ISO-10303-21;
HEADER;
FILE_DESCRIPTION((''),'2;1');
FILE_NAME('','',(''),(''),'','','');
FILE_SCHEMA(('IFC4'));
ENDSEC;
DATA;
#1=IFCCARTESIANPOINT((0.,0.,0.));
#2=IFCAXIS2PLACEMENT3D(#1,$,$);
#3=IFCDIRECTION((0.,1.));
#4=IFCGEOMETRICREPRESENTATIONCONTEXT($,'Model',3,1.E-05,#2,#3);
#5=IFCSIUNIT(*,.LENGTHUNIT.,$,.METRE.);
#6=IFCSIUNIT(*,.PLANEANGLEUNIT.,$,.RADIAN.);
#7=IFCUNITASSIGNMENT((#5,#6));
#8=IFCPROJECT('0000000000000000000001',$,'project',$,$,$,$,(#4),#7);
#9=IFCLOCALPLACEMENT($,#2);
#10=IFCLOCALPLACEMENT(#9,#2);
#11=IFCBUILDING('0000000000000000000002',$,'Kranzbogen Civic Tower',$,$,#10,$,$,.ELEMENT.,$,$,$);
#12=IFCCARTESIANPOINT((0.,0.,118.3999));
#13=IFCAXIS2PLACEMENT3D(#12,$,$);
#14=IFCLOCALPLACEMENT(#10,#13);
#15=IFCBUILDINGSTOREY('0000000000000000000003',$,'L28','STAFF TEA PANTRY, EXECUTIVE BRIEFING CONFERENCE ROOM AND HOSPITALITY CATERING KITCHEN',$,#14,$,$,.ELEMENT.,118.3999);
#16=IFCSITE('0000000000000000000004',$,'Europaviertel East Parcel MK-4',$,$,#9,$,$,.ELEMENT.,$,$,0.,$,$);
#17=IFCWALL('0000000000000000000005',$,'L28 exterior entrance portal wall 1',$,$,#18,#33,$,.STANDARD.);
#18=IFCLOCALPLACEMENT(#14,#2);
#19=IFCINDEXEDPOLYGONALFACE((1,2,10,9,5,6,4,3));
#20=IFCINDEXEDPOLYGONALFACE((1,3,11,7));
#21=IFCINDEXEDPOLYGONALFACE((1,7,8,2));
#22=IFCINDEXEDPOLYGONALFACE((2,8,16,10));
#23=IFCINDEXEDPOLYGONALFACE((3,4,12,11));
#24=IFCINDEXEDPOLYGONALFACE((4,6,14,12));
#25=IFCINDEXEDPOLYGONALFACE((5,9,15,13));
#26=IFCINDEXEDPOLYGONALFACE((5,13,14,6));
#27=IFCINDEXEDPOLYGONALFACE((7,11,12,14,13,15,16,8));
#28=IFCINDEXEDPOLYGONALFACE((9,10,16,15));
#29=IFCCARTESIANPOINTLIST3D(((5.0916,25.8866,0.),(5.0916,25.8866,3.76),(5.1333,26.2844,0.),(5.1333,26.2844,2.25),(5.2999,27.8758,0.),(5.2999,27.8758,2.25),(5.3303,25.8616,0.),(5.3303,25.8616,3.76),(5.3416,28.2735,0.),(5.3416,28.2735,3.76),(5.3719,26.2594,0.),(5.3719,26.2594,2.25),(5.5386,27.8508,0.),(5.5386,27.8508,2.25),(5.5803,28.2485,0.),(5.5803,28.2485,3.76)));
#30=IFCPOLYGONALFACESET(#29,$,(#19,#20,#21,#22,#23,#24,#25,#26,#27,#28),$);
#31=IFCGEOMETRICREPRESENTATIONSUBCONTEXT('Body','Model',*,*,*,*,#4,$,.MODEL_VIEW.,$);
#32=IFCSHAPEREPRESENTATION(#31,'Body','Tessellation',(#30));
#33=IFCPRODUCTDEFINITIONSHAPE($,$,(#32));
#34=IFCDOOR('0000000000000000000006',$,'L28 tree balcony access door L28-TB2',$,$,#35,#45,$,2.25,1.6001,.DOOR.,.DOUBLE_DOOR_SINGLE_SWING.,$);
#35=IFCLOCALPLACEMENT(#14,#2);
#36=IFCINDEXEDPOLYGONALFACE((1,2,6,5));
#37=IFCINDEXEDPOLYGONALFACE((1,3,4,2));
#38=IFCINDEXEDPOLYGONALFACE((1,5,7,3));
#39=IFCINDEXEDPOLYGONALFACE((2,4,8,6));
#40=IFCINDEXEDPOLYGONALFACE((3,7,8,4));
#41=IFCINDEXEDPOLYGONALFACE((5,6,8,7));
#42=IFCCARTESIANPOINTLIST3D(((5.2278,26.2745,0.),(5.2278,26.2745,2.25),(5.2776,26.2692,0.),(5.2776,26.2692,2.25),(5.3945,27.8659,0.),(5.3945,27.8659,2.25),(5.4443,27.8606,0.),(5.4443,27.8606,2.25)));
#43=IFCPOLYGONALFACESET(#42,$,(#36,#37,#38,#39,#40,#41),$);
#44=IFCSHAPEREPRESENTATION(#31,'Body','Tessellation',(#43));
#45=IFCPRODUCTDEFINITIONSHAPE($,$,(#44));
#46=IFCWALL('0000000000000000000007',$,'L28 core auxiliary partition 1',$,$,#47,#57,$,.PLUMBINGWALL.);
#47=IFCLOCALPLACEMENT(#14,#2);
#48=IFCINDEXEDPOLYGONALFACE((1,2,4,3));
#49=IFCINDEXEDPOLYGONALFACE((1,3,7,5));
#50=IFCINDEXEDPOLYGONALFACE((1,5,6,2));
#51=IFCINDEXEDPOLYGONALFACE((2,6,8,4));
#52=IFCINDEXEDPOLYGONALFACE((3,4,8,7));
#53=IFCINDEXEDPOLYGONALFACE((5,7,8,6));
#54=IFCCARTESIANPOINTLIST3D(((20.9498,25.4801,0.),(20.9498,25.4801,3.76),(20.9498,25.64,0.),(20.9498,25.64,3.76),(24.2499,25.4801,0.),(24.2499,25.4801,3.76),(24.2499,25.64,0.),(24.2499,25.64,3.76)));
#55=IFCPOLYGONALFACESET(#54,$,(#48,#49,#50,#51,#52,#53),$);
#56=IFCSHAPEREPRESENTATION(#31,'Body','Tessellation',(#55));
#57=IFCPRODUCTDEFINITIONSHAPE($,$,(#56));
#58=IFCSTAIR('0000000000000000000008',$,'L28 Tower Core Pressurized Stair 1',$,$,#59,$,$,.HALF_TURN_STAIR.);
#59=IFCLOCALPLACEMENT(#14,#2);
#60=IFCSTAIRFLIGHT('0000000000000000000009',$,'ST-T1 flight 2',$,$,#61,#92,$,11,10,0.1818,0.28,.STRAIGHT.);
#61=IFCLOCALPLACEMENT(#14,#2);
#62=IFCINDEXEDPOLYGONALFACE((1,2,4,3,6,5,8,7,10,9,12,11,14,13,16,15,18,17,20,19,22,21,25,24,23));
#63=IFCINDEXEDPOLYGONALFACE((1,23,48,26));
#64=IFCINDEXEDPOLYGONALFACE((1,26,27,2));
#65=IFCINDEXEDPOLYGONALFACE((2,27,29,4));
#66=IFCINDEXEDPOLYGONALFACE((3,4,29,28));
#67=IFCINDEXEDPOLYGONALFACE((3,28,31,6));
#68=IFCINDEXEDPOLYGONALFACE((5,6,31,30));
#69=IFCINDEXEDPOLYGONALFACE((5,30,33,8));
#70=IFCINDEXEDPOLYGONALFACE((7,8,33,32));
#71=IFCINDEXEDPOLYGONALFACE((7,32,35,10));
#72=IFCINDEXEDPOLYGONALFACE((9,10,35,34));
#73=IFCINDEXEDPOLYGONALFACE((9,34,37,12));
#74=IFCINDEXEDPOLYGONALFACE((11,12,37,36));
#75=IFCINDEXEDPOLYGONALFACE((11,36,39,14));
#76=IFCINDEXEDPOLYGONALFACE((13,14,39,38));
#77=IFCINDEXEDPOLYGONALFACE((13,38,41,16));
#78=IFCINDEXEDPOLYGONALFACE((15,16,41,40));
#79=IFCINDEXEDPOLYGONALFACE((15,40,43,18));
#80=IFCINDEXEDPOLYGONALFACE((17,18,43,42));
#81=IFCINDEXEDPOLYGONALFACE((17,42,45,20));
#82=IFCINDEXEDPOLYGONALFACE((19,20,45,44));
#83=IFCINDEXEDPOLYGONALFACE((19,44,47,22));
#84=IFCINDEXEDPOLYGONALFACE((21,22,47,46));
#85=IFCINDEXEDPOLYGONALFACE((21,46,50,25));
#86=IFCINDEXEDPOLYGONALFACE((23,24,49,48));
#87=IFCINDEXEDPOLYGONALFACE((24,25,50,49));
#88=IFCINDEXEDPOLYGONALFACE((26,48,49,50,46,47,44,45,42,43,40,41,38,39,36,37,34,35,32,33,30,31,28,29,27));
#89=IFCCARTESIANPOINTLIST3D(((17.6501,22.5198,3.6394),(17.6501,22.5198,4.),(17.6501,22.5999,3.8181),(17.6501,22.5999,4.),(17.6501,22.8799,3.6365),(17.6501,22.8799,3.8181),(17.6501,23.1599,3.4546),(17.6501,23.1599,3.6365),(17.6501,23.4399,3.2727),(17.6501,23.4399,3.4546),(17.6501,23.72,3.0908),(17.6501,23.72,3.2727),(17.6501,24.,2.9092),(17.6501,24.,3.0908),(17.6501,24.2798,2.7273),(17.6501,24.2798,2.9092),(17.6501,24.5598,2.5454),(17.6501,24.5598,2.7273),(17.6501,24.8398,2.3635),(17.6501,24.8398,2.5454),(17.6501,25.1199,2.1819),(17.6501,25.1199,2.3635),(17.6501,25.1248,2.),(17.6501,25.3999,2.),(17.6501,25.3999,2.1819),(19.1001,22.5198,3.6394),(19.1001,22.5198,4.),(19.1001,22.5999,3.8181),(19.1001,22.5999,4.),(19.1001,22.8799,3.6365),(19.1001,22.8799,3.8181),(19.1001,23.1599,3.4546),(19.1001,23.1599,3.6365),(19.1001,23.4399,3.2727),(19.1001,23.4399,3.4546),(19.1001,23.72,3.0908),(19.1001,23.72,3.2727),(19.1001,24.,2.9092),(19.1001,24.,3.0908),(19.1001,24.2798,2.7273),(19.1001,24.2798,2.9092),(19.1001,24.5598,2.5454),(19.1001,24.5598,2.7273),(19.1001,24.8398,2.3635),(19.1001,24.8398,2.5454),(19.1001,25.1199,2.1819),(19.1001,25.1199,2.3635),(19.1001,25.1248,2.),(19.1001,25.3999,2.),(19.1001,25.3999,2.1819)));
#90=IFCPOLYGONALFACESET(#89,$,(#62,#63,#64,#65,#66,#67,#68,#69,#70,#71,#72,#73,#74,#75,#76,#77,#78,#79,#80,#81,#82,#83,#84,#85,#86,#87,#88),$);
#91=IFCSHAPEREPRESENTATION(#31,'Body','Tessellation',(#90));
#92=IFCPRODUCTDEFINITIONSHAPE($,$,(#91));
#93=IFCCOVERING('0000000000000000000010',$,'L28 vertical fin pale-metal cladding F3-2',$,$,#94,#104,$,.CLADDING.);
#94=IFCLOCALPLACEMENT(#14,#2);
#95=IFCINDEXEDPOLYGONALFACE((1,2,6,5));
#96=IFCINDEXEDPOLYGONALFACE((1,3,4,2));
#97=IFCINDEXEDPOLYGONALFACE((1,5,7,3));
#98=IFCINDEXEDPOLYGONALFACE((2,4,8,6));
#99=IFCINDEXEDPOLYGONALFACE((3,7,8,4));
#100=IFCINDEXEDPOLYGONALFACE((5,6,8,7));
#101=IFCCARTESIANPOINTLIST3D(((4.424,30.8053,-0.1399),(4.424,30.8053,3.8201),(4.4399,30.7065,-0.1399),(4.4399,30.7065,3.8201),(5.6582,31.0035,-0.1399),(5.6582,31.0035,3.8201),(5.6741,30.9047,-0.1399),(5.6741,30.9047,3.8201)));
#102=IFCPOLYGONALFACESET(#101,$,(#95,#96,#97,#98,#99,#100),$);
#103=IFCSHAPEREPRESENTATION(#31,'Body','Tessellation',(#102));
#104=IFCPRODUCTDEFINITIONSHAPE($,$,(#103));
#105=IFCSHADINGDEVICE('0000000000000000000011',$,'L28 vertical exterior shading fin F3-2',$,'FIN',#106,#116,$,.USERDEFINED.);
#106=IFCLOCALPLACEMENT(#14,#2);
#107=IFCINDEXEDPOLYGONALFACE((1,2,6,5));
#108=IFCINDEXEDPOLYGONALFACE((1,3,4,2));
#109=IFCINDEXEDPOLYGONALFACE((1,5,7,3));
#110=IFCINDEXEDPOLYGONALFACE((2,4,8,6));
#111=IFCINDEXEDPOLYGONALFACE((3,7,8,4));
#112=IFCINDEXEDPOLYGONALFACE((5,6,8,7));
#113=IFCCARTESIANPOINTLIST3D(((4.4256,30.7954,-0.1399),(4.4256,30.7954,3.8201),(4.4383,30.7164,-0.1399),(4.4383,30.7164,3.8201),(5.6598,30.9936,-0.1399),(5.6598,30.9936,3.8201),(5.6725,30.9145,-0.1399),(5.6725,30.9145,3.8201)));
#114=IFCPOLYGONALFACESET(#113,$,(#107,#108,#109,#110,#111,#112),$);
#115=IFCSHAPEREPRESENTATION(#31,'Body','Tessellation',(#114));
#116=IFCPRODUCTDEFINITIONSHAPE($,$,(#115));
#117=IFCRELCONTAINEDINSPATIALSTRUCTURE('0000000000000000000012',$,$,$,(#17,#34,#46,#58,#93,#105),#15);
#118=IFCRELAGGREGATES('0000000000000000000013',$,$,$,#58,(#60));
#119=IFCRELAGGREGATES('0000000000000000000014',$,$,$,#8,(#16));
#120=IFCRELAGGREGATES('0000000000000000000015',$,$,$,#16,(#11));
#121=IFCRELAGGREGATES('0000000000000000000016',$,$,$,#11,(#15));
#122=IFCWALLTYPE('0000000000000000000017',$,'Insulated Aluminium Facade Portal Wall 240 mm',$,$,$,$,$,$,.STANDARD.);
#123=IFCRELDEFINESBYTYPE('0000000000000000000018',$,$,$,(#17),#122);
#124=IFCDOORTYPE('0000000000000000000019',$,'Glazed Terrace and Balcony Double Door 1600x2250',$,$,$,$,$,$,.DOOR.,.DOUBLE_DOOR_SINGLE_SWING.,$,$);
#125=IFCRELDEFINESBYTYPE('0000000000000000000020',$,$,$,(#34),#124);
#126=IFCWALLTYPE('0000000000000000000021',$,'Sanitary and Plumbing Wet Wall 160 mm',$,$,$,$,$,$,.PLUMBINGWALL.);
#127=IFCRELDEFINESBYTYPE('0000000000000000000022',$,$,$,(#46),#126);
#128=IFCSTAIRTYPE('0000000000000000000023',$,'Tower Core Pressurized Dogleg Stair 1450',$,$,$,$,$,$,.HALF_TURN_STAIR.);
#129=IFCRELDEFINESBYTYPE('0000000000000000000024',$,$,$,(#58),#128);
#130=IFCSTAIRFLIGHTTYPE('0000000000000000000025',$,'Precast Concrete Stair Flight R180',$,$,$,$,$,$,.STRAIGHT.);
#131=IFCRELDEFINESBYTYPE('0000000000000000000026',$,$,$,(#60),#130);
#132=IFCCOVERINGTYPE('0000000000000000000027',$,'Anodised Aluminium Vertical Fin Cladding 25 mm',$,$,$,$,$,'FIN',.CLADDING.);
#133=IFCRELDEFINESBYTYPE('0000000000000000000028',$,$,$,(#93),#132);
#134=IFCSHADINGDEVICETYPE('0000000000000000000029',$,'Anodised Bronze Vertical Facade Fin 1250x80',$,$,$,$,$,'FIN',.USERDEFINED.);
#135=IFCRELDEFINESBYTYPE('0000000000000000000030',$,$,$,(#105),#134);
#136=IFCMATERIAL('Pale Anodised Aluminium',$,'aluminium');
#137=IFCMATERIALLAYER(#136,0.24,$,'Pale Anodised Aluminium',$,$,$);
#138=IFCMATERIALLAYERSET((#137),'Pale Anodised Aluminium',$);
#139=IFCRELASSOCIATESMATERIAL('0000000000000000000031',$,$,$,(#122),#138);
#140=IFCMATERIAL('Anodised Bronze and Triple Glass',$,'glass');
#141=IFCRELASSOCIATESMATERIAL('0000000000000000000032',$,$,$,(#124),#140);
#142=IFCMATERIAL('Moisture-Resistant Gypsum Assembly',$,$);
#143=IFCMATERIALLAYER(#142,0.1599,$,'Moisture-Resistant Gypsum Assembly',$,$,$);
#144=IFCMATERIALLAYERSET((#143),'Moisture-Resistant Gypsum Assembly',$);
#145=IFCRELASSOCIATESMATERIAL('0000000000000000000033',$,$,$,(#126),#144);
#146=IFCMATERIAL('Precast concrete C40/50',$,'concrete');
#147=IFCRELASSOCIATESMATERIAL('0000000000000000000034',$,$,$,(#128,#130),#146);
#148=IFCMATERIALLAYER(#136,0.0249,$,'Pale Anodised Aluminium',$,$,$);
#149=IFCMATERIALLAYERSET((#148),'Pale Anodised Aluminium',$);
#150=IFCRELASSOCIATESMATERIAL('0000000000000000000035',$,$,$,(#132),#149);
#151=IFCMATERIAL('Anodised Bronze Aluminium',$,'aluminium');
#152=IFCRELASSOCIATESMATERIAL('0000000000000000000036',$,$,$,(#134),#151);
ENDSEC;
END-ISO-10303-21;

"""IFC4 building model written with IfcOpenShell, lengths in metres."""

from ifc_helpers import new_model, si_unit, direction, frame, frame_2d, origin, origin_2d, place, context, subcontext, project, spatial, polyline, rectangle, outline, extrude, material, layer, layer_set, type_object, element, fill, aggregate, save


model = new_model("IFC4")

# Units and contexts
model_context = context("Model", 3, precision=1e-05, world=origin(), true_north=direction((0.0, 1.0)))
body_context = subcontext(model_context, "Body", "Model", "MODEL_VIEW")
ifc_project = project(units=[si_unit("LENGTHUNIT", "METRE"), si_unit("PLANEANGLEUNIT", "RADIAN")], contexts=[model_context])

# Site, building, storey
site_placement = place(None, origin())
site = spatial("IfcSite", under=ifc_project, at=site_placement, Name="Europaviertel East Parcel MK-4", CompositionType="ELEMENT", RefElevation=0.0)
building_placement = place(site_placement, origin())
building = spatial("IfcBuilding", under=site, at=building_placement, Name="Kranzbogen Civic Tower", CompositionType="ELEMENT")
storey_placement = place(building_placement, frame((0.0, 0.0, 118.3999)))
storey = spatial("IfcBuildingStorey", under=building, at=storey_placement, Name="L28", Description="STAFF TEA PANTRY, EXECUTIVE BRIEFING CONFERENCE ROOM AND HOSPITALITY CATERING KITCHEN", CompositionType="ELEMENT", Elevation=118.3999)

# Shared definitions
ifc_material_1 = material(Name="Pale Anodised Aluminium", Category="aluminium")

# Wall, opening, door
ifc_layer_1 = layer(ifc_material_1, 0.24, Name="Pale Anodised Aluminium")
ifc_layer_set_1 = layer_set([ifc_layer_1], Name="Pale Anodised Aluminium")
wall_type_1 = type_object("IfcWallType", Name="Insulated Aluminium Facade Portal Wall 240 mm", PredefinedType="STANDARD", material=ifc_layer_set_1)
wall_1_placement = place(storey_placement, frame((5.4609, 28.261, 0.0), z_axis=(0.0, 0.0, 1.0), x_axis=(-0.104166, -0.99456, 0.0)))
wall_1 = element("IfcWall", 1, at=wall_1_placement, inside=storey, type_object=wall_type_1, Name="L28 exterior entrance portal wall 1", PredefinedType="STANDARD", context=body_context, shape_type="SweptSolid", body=[
    extrude(rectangle(XDim=2.3999, YDim=0.24, at=frame_2d((1.2, 0.0))), origin(), (0.0, 0.0, 1.0), 3.76),
])
opening_1_placement = place(wall_1_placement, frame((0.3999, 0.0, 0.0)))
opening_1 = element("IfcOpeningElement", 2, at=opening_1_placement, cuts=wall_1, PredefinedType="OPENING", context=body_context, shape_type="SweptSolid", body=[
    extrude(rectangle(XDim=1.6001, YDim=2.25, at=frame_2d((0.8, 1.125))), frame((0.0, 0.1299, 0.0), z_axis=(0.0, -1.0, 0.0), x_axis=(1.0, 0.0, 0.0)), (0.0, 0.0, 1.0), 0.26),
])
ifc_material_2 = material(Name="Anodised Bronze and Triple Glass", Category="glass")
door_type_1 = type_object("IfcDoorType", Name="Glazed Terrace and Balcony Double Door 1600x2250", OperationType="DOUBLE_DOOR_SINGLE_SWING", PredefinedType="DOOR", material=ifc_material_2)
door_1_placement = place(opening_1_placement, frame((1.6001, 0.0, 0.0), z_axis=(0.0, 0.0, 1.0), x_axis=(-1.0, 0.0, 0.0)))
door_1 = element("IfcDoor", 3, at=door_1_placement, inside=storey, type_object=door_type_1, Name="L28 tree balcony access door L28-TB2", OperationType="DOUBLE_DOOR_SINGLE_SWING", OverallHeight=2.25, OverallWidth=1.6001, PredefinedType="DOOR", context=body_context, shape_type="SweptSolid", body=[
    extrude(rectangle(XDim=1.6001, YDim=2.25, at=frame_2d((0.8, 1.125))), frame((0.0, 0.0249, 0.0), z_axis=(0.0, -1.0, 0.0), x_axis=(1.0, 0.0, 0.0)), (0.0, 0.0, 1.0), 0.05),
])
fill(opening_1, door_1)

# Wall
ifc_material_3 = material(Name="Moisture-Resistant Gypsum Assembly")
ifc_layer_2 = layer(ifc_material_3, 0.1599, Name="Moisture-Resistant Gypsum Assembly")
ifc_layer_set_2 = layer_set([ifc_layer_2], Name="Moisture-Resistant Gypsum Assembly")
wall_type_2 = type_object("IfcWallType", Name="Sanitary and Plumbing Wet Wall 160 mm", PredefinedType="PLUMBINGWALL", material=ifc_layer_set_2)
wall_2_placement = place(storey_placement, frame((20.95, 25.5601, 0.0), z_axis=(0.0, 0.0, 1.0), x_axis=(1.0, 0.0, 0.0)))
element("IfcWall", 4, at=wall_2_placement, inside=storey, type_object=wall_type_2, Name="L28 core auxiliary partition 1", PredefinedType="PLUMBINGWALL", context=body_context, shape_type="SweptSolid", body=[
    extrude(rectangle(XDim=3.3, YDim=0.1599, at=frame_2d((1.6499, 0.0))), origin(), (0.0, 0.0, 1.0), 3.76),
])

# Stair, stair flight
ifc_material_4 = material(Name="Precast concrete C40/50", Category="concrete")
stair_type = type_object("IfcStairType", Name="Tower Core Pressurized Dogleg Stair 1450", PredefinedType="HALF_TURN_STAIR", material=ifc_material_4)
stair_placement = place(storey_placement, origin())
stair = element("IfcStair", 5, at=stair_placement, inside=storey, type_object=stair_type, Name="L28 Tower Core Pressurized Stair 1", PredefinedType="HALF_TURN_STAIR")
stair_flight_type = type_object("IfcStairFlightType", Name="Precast Concrete Stair Flight R180", PredefinedType="STRAIGHT", material=ifc_material_4)
stair_flight_placement = place(storey_placement, frame((18.375, 25.3999, 2.0), z_axis=(0.0, 0.0, 1.0), x_axis=(0.0, -1.0, 0.0)))
stair_flight = element("IfcStairFlight", 6, at=stair_flight_placement, type_object=stair_flight_type, Name="ST-T1 flight 2", NumberOfRisers=11, NumberOfTreads=10, PredefinedType="STRAIGHT", RiserHeight=0.1818, TreadLength=0.28, context=body_context, shape_type="SweptSolid", body=[
    extrude(outline(polyline([(0.0, 0.0), (0.0, 0.1819), (0.28, 0.1819), (0.28, 0.3635), (0.5601, 0.3635), (0.5601, 0.5454), (0.8401, 0.5454), (0.8401, 0.7273), (1.1201, 0.7273), (1.1201, 0.9092), (1.3999, 0.9092), (1.3999, 1.0908), (1.6799, 1.0908), (1.6799, 1.2727), (1.96, 1.2727), (1.96, 1.4546), (2.24, 1.4546), (2.24, 1.6365), (2.52, 1.6365), (2.52, 1.8181), (2.8, 1.8181), (2.8, 2.0), (2.8801, 2.0), (2.8801, 1.6394), (0.2751, 0.0), (0.0, 0.0)])), frame((0.0, 0.7251, 0.0), z_axis=(0.0, -1.0, 0.0), x_axis=(1.0, 0.0, 0.0)), (0.0, 0.0, 1.0), 1.45),
])
aggregate(stair, [stair_flight])

# Covering
ifc_layer_3 = layer(ifc_material_1, 0.0249, Name="Pale Anodised Aluminium")
ifc_layer_set_3 = layer_set([ifc_layer_3], Name="Pale Anodised Aluminium")
covering_type = type_object("IfcCoveringType", Name="Anodised Aluminium Vertical Fin Cladding 25 mm", ElementType="FIN", PredefinedType="CLADDING", material=ifc_layer_set_3)
covering_placement = place(storey_placement, frame((5.0491, 30.855, -0.1399), z_axis=(0.0, 0.0, 1.0), x_axis=(-0.98735, -0.158554, 0.0)))
element("IfcCovering", 7, at=covering_placement, inside=storey, type_object=covering_type, Name="L28 vertical fin pale-metal cladding F3-2", PredefinedType="CLADDING", context=body_context, shape_type="SweptSolid", body=[
    extrude(rectangle(XDim=1.25, YDim=0.1001, at=origin_2d()), origin(), (0.0, 0.0, 1.0), 3.96),
])

# Shading device
ifc_material_5 = material(Name="Anodised Bronze Aluminium", Category="aluminium")
shading_device_type = type_object("IfcShadingDeviceType", Name="Anodised Bronze Vertical Facade Fin 1250x80", ElementType="FIN", PredefinedType="USERDEFINED", material=ifc_material_5)
shading_device_placement = place(storey_placement, frame((5.0491, 30.855, -0.1399), z_axis=(0.0, 0.0, 1.0), x_axis=(-0.98735, -0.158554, 0.0)))
element("IfcShadingDevice", 8, at=shading_device_placement, inside=storey, type_object=shading_device_type, Name="L28 vertical exterior shading fin F3-2", ObjectType="FIN", PredefinedType="USERDEFINED", context=body_context, shape_type="SweptSolid", body=[
    extrude(rectangle(XDim=1.25, YDim=0.0801, at=origin_2d()), origin(), (0.0, 0.0, 1.0), 3.96),
])

save(model, "model.ifc")
